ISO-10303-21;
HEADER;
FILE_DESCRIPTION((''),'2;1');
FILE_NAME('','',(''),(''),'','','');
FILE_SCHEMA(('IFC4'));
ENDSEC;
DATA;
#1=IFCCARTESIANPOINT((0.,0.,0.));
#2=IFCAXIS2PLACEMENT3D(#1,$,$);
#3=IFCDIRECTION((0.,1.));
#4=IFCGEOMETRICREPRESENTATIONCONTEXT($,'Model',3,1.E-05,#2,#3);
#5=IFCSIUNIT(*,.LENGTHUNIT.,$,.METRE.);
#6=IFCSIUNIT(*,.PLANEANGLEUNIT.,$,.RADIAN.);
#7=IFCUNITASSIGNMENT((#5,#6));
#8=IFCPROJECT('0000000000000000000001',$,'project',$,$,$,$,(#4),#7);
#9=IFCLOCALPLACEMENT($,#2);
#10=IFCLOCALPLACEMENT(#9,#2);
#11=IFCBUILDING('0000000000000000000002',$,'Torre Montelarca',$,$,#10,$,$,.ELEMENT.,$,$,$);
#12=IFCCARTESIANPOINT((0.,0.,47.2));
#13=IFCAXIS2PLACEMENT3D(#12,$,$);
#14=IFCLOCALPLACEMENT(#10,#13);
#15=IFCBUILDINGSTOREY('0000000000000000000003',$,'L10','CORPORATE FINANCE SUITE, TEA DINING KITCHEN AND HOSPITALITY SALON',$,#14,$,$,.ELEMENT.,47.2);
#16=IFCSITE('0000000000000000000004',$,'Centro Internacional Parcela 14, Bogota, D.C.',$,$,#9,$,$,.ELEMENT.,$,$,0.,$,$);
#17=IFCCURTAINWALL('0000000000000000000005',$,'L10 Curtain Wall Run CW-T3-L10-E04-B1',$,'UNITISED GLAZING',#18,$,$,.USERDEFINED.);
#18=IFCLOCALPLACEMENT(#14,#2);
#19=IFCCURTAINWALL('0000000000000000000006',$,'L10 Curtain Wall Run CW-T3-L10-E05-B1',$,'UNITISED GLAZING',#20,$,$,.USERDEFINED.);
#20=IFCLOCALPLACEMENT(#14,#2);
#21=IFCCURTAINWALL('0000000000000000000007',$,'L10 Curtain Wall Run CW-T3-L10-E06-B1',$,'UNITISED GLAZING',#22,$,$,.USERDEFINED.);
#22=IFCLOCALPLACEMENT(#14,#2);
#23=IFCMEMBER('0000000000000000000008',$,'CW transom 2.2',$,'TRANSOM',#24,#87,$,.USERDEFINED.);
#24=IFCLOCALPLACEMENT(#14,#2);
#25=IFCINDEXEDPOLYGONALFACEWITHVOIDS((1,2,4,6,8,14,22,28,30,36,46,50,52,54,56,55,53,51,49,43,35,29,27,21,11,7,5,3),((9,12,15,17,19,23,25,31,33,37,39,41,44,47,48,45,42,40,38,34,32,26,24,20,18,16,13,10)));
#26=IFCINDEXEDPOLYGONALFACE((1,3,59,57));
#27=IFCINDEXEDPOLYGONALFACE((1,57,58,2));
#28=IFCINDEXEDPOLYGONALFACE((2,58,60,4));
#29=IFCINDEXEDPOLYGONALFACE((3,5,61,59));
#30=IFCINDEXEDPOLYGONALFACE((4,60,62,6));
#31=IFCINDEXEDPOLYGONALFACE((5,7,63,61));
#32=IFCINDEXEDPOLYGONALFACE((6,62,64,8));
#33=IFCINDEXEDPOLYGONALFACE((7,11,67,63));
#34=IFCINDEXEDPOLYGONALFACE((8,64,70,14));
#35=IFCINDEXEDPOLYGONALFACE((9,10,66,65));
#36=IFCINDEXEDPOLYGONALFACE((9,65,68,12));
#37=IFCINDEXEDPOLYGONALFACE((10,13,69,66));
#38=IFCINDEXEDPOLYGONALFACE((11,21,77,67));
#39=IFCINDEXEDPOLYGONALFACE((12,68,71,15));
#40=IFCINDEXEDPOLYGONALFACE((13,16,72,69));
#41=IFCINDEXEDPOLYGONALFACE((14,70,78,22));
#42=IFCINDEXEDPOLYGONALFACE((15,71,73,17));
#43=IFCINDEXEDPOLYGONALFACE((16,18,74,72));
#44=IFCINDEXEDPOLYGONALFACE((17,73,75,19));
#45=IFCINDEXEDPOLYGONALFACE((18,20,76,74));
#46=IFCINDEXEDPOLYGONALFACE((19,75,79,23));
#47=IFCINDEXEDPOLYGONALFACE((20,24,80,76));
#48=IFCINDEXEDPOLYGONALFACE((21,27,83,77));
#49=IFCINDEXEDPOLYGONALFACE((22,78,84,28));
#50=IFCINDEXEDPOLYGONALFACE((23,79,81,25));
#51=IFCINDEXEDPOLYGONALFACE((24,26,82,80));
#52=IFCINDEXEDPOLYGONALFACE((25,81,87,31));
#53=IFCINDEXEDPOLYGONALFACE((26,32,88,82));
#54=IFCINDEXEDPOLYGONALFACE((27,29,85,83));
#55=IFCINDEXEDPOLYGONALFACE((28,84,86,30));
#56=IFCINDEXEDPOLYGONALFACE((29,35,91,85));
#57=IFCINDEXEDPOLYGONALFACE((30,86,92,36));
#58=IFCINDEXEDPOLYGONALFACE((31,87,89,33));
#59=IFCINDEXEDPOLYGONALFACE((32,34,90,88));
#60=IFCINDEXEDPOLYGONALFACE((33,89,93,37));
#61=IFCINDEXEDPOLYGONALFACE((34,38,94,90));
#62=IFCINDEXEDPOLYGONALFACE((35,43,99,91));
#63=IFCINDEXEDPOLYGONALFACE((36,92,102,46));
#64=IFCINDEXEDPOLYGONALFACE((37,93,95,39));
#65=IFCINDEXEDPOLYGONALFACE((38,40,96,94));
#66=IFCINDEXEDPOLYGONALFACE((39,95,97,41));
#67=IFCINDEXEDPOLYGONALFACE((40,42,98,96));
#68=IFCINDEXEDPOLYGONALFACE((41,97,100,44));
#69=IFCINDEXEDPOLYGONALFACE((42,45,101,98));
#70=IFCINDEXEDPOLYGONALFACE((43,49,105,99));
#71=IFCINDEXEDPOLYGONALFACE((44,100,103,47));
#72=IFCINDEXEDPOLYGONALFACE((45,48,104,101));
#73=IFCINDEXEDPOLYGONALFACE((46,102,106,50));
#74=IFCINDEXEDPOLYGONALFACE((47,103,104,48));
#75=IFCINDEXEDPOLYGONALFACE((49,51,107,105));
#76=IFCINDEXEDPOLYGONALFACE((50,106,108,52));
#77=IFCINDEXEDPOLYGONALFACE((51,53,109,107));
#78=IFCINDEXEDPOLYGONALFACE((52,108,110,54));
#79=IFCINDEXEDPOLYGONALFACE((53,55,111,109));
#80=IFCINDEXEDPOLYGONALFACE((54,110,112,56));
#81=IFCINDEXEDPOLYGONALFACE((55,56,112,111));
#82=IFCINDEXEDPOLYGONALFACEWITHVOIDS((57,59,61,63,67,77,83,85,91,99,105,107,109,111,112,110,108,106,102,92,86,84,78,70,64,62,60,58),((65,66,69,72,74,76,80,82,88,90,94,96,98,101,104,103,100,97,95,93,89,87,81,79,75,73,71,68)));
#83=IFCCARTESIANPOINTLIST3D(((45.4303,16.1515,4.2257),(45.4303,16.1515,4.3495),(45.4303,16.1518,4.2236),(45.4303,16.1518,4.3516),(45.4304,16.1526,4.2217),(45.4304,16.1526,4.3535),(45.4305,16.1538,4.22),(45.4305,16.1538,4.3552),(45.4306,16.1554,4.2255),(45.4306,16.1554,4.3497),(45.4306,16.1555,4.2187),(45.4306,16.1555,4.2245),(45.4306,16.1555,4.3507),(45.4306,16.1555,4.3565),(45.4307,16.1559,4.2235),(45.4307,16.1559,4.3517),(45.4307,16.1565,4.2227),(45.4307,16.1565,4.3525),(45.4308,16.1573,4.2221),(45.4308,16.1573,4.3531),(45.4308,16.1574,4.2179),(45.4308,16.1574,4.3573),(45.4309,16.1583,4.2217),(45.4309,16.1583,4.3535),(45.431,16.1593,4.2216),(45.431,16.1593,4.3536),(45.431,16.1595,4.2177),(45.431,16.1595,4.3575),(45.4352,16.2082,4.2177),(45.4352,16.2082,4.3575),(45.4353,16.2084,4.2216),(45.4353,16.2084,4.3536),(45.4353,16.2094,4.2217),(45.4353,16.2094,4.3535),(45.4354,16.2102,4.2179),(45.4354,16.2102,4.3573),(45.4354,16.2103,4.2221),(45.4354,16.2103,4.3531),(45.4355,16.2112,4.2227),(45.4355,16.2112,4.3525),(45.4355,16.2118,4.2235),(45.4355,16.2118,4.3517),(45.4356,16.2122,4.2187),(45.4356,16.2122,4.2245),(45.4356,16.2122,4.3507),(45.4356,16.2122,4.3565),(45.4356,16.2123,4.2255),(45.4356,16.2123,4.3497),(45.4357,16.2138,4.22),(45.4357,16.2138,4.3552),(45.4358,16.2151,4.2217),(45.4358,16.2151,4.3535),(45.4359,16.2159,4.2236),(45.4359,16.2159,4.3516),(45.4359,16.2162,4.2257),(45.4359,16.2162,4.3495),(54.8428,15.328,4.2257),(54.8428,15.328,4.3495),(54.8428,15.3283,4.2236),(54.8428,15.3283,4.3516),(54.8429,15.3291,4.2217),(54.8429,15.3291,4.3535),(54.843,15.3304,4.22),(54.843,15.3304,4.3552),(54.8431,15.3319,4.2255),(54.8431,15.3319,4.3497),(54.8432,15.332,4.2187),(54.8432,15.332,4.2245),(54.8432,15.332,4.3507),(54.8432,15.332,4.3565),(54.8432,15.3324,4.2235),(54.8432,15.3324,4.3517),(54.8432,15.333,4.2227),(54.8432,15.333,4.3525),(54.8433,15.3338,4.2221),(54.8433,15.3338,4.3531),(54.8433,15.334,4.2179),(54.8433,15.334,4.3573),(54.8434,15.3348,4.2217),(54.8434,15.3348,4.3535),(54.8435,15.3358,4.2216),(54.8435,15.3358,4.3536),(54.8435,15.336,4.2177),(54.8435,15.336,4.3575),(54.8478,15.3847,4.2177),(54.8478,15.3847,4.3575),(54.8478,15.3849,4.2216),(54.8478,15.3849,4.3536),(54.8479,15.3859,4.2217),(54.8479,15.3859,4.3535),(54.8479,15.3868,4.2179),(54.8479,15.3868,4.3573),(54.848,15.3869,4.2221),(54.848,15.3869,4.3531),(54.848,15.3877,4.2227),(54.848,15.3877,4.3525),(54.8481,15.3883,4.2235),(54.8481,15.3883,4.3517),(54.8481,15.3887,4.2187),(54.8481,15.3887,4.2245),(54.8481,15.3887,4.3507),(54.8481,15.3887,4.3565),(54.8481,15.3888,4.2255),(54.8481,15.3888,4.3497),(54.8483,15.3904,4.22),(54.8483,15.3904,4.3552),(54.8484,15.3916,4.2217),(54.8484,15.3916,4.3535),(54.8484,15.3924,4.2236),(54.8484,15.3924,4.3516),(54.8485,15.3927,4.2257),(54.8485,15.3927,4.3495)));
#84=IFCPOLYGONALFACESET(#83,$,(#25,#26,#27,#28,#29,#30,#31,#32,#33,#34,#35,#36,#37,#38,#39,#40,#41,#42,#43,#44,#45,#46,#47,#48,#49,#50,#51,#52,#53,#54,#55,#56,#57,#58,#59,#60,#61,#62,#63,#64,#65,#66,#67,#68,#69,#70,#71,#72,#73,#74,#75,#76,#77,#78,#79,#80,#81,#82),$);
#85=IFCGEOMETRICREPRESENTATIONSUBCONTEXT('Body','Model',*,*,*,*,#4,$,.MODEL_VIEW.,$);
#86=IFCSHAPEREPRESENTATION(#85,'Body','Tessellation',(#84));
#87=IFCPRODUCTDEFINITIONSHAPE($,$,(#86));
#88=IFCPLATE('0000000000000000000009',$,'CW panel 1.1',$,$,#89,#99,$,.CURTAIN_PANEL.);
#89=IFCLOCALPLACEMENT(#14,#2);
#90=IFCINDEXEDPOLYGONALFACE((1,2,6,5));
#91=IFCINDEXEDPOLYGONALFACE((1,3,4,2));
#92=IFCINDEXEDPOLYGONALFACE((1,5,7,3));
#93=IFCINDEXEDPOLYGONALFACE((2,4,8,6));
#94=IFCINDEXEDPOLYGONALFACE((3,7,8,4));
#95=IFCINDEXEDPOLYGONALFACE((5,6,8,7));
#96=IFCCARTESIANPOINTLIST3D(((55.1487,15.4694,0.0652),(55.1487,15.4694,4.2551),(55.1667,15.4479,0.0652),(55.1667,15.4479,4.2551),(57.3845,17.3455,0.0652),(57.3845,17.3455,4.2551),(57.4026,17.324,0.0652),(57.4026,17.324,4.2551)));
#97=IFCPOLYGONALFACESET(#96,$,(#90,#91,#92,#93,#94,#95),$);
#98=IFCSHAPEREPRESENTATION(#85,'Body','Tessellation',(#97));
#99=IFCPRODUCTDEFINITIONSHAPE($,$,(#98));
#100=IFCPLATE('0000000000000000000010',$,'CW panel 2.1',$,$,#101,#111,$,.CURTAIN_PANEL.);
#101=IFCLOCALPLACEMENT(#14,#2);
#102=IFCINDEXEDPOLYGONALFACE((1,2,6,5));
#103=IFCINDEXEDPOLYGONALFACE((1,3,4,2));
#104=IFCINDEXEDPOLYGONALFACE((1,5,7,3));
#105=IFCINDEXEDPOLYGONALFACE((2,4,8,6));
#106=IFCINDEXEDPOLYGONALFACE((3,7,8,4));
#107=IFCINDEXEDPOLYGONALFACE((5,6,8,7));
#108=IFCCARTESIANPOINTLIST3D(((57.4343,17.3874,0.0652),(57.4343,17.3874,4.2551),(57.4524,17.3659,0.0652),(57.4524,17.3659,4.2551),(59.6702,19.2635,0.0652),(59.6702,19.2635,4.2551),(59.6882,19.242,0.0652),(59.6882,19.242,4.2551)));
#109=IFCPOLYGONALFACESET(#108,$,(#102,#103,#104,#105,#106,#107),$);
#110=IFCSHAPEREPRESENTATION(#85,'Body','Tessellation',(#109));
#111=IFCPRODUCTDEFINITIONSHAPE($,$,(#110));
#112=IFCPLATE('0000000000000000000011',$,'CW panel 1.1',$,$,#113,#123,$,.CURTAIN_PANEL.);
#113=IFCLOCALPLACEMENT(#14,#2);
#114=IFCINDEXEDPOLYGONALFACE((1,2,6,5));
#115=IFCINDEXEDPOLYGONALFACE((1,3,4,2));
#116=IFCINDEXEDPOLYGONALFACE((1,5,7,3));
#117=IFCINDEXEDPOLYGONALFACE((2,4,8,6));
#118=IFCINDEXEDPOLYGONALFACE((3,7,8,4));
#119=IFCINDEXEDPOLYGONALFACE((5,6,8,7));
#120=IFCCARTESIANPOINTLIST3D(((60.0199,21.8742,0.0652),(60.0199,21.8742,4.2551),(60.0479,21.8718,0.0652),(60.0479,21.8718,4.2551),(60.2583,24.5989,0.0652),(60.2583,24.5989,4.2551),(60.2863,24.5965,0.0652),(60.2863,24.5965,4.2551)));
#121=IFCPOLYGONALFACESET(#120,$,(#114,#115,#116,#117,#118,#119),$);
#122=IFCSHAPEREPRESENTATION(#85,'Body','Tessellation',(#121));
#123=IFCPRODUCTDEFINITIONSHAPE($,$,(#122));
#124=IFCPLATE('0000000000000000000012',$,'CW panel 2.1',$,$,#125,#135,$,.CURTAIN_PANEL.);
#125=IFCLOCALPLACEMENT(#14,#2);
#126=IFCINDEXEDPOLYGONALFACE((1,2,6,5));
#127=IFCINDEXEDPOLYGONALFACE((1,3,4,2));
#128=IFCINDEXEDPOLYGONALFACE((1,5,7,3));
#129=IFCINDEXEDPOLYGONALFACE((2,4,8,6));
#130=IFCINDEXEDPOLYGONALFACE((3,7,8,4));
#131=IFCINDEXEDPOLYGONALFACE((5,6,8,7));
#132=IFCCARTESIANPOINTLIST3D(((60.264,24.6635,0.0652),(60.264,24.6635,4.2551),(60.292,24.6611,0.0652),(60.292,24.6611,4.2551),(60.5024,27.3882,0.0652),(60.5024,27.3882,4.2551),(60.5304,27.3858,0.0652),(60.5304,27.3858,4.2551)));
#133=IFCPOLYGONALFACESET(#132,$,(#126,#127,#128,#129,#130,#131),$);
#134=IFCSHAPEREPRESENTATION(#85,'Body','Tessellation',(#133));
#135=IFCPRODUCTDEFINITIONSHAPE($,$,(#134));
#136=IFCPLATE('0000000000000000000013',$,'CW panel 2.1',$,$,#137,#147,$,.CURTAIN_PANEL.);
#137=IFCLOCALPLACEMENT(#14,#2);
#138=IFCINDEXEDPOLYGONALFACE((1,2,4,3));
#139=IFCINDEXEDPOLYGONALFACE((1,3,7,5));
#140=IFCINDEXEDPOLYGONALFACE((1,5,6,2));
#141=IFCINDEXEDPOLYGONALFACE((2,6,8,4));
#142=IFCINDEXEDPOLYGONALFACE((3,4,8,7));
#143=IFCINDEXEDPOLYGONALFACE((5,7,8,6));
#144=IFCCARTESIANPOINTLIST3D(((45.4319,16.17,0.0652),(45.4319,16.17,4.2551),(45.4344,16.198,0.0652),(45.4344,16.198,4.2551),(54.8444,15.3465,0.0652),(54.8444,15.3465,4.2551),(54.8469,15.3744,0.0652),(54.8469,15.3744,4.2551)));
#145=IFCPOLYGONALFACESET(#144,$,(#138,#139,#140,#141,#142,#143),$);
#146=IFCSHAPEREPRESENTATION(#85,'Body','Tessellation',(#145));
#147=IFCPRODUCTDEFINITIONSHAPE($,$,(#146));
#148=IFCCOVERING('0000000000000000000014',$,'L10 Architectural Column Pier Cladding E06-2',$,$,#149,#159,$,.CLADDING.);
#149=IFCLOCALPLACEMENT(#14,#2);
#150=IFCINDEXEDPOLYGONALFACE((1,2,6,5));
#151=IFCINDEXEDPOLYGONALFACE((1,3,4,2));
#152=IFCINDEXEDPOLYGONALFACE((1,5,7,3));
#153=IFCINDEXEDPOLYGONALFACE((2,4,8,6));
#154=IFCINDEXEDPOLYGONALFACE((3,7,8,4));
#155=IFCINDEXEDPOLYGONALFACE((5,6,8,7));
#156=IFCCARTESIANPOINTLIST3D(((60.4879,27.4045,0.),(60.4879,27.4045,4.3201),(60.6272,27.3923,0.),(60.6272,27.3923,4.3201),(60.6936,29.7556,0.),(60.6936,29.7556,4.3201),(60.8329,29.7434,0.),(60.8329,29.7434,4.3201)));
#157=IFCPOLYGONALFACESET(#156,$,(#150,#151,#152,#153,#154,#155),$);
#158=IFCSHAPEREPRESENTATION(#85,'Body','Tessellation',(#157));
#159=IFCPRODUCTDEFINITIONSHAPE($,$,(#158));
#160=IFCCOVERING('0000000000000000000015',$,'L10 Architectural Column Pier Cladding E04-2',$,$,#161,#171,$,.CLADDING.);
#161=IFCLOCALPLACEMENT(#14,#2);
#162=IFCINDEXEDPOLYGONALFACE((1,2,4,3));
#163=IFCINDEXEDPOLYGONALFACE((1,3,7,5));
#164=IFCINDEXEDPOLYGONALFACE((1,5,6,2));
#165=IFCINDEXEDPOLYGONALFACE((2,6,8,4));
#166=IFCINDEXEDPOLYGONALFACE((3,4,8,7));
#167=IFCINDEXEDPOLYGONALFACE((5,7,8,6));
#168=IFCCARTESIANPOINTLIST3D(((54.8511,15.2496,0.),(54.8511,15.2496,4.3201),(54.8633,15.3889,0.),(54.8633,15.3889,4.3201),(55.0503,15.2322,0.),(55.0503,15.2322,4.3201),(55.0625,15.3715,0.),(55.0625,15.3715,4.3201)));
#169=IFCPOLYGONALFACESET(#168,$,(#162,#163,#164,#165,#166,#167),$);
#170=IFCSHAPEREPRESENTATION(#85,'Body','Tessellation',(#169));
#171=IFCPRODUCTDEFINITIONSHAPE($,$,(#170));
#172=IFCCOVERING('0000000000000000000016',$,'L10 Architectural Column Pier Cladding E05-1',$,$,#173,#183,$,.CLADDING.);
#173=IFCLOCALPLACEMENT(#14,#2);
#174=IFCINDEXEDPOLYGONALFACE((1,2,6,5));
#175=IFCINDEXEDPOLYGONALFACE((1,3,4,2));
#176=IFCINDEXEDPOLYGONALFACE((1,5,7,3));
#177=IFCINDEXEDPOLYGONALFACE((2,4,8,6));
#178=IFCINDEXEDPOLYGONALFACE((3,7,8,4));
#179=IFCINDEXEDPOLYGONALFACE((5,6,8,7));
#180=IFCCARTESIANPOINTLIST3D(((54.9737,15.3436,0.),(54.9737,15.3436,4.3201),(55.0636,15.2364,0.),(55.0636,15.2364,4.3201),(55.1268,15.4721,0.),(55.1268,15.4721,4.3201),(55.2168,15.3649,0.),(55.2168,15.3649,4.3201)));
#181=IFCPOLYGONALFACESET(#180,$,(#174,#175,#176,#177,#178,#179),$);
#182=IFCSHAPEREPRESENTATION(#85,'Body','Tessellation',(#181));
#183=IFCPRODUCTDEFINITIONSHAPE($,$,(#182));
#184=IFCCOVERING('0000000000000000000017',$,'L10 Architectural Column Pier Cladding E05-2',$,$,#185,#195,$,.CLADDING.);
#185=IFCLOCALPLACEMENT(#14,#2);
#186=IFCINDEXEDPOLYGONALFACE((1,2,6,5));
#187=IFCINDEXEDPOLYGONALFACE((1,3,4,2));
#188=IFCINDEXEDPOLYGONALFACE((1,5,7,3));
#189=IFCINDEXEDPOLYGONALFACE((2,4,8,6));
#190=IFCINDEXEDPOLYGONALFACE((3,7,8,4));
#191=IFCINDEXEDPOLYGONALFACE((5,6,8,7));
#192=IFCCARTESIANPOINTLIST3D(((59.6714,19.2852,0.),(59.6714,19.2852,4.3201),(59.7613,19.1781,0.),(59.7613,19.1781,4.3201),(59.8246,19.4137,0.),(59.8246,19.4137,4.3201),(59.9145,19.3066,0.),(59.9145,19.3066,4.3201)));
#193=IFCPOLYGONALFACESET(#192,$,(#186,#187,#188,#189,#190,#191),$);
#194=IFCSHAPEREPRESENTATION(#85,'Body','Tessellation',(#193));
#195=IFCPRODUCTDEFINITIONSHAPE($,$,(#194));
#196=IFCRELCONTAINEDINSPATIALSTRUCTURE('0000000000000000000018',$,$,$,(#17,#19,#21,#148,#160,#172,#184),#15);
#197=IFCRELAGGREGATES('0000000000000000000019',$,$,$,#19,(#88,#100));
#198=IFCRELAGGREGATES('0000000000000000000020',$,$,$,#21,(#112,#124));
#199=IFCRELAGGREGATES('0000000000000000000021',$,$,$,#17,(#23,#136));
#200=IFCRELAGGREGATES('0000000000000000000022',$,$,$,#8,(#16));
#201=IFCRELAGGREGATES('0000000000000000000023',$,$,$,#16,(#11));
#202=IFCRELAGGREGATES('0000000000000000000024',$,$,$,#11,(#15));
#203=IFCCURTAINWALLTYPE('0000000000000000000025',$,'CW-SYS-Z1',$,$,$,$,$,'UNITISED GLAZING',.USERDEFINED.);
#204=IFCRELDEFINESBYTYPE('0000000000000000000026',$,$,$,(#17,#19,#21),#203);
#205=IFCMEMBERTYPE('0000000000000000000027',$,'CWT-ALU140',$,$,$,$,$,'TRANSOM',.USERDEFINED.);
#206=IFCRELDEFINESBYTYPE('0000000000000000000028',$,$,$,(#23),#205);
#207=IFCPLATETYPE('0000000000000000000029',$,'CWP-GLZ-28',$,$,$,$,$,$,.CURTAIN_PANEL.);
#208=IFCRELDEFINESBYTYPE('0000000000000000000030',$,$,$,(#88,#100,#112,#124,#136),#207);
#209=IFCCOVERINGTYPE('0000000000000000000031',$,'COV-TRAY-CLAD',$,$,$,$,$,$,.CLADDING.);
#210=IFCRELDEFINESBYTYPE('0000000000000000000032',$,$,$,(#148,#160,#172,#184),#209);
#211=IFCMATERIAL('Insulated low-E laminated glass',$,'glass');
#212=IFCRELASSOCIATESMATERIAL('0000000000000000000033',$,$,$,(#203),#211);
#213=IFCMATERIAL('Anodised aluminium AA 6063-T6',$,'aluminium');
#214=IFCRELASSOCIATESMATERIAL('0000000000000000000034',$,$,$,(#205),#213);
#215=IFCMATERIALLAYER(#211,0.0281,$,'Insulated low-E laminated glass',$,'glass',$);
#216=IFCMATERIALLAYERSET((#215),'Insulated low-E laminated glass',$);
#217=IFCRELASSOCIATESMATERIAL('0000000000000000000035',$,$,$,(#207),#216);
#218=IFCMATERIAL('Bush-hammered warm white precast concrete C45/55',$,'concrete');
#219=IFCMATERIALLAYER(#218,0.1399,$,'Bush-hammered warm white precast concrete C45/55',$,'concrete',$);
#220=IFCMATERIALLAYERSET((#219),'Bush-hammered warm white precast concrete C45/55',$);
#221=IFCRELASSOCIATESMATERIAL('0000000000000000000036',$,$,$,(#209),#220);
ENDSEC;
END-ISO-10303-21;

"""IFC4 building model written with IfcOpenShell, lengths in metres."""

from ifc_helpers import new_model, si_unit, direction, frame, origin, origin_2d, place, context, subcontext, project, spatial, rectangle, hollow_rectangle, extrude, source, transform, mapped, material, layer, layer_set, material_profile, profile_set, type_object, element, aggregate, save


model = new_model("IFC4")

# Units and contexts
model_context = context("Model", 3, precision=1e-05, world=origin(), true_north=direction((0.0, 1.0)))
body_context = subcontext(model_context, "Body", "Model", "MODEL_VIEW")
ifc_project = project(units=[si_unit("LENGTHUNIT", "METRE"), si_unit("PLANEANGLEUNIT", "RADIAN")], contexts=[model_context])

# Site, building, storey
site_placement = place(None, origin())
site = spatial("IfcSite", under=ifc_project, at=site_placement, Name="Centro Internacional Parcela 14, Bogota, D.C.", CompositionType="ELEMENT", RefElevation=0.0)
building_placement = place(site_placement, origin())
building = spatial("IfcBuilding", under=site, at=building_placement, Name="Torre Montelarca", CompositionType="ELEMENT")
storey_placement = place(building_placement, frame((0.0, 0.0, 47.2)))
storey = spatial("IfcBuildingStorey", under=building, at=storey_placement, Name="L10", Description="CORPORATE FINANCE SUITE, TEA DINING KITCHEN AND HOSPITALITY SALON", CompositionType="ELEMENT", Elevation=47.2)

# Curtain walls
ifc_material_1 = material(Name="Insulated low-E laminated glass", Category="glass")
curtain_wall_type = type_object("IfcCurtainWallType", Name="CW-SYS-Z1", ElementType="UNITISED GLAZING", PredefinedType="USERDEFINED", material=ifc_material_1)
curtain_wall_1_placement = place(storey_placement, origin())
curtain_wall_1 = element("IfcCurtainWall", 1, at=curtain_wall_1_placement, inside=storey, type_object=curtain_wall_type, Name="L10 Curtain Wall Run CW-T3-L10-E04-B1", ObjectType="UNITISED GLAZING", PredefinedType="USERDEFINED")
ifc_material_2 = material(Name="Anodised aluminium AA 6063-T6", Category="aluminium")
curtain_wall_2_placement = place(storey_placement, origin())
curtain_wall_2 = element("IfcCurtainWall", 2, at=curtain_wall_2_placement, inside=storey, type_object=curtain_wall_type, Name="L10 Curtain Wall Run CW-T3-L10-E05-B1", ObjectType="UNITISED GLAZING", PredefinedType="USERDEFINED")
curtain_wall_3_placement = place(storey_placement, origin())
curtain_wall_3 = element("IfcCurtainWall", 3, at=curtain_wall_3_placement, inside=storey, type_object=curtain_wall_type, Name="L10 Curtain Wall Run CW-T3-L10-E06-B1", ObjectType="UNITISED GLAZING", PredefinedType="USERDEFINED")

# Member
ifc_material_profile_1 = material_profile(ifc_material_2, hollow_rectangle(XDim=0.0649, YDim=0.1399, WallThickness=0.0039, InnerFilletRadius=0.0039, OuterFilletRadius=0.0081, at=origin_2d()), Name="ALU65X140X4", Category="aluminium")
ifc_profile_set_1 = profile_set([ifc_material_profile_1], Name="Anodised aluminium AA 6063-T6")
member_type_1 = type_object("IfcMemberType", Name="CWT-ALU140", ElementType="TRANSOM", PredefinedType="USERDEFINED", material=ifc_profile_set_1)
shared_shape_1 = source(origin(), body_context, "Body", "SweptSolid", [
    extrude(hollow_rectangle(XDim=0.0649, YDim=0.1399, WallThickness=0.0039, InnerFilletRadius=0.0039, OuterFilletRadius=0.0081, at=origin_2d()), origin(), (0.0, 0.0, 1.0), 9.4485),
])
member_1_placement = place(storey_placement, frame((45.4331, 16.1838, 4.2876), z_axis=(0.996195, -0.087155, 0.0), x_axis=(0.087155, 0.996195, 0.0)))
member_1 = element("IfcMember", 4, at=member_1_placement, type_object=member_type_1, Name="CW transom 2.2", ObjectType="TRANSOM", PredefinedType="USERDEFINED", context=body_context, shape_type="MappedRepresentation", body=[
    mapped(shared_shape_1, transform((0.0, 0.0, 0.0), scale=1.0)),
])

# Plates
ifc_layer_1 = layer(ifc_material_1, 0.0281, Name="Insulated low-E laminated glass", Category="glass")
ifc_layer_set_1 = layer_set([ifc_layer_1], Name="Insulated low-E laminated glass")
plate_type = type_object("IfcPlateType", Name="CWP-GLZ-28", PredefinedType="CURTAIN_PANEL", material=ifc_layer_set_1)
shared_shape_2 = source(origin(), body_context, "Body", "SweptSolid", [
    extrude(rectangle(XDim=2.9187, YDim=0.0281, at=origin_2d()), origin(), (0.0, 0.0, 1.0), 4.1899),
])
plate_1_placement = place(storey_placement, frame((56.2756, 16.3967, 0.0652), z_axis=(0.0, 0.0, 1.0), x_axis=(0.766043, 0.64279, 0.0)))
plate_1 = element("IfcPlate", 5, at=plate_1_placement, type_object=plate_type, Name="CW panel 1.1", PredefinedType="CURTAIN_PANEL", context=body_context, shape_type="MappedRepresentation", body=[
    mapped(shared_shape_2, transform((0.0, 0.0, 0.0), scale=1.0)),
])
plate_2_placement = place(storey_placement, frame((58.5613, 18.3147, 0.0652), z_axis=(0.0, 0.0, 1.0), x_axis=(0.766043, 0.64279, 0.0)))
plate_2 = element("IfcPlate", 6, at=plate_2_placement, type_object=plate_type, Name="CW panel 2.1", PredefinedType="CURTAIN_PANEL", context=body_context, shape_type="MappedRepresentation", body=[
    mapped(shared_shape_2, transform((0.0, 0.0, 0.0), scale=1.0)),
])
aggregate(curtain_wall_2, [plate_1, plate_2])
shared_shape_3 = source(origin(), body_context, "Body", "SweptSolid", [
    extrude(rectangle(XDim=2.7351, YDim=0.0281, at=origin_2d()), origin(), (0.0, 0.0, 1.0), 4.1899),
])
plate_3_placement = place(storey_placement, frame((60.1531, 23.2354, 0.0652), z_axis=(0.0, 0.0, 1.0), x_axis=(0.087166, 0.996194, 0.0)))
plate_3 = element("IfcPlate", 7, at=plate_3_placement, type_object=plate_type, Name="CW panel 1.1", PredefinedType="CURTAIN_PANEL", context=body_context, shape_type="MappedRepresentation", body=[
    mapped(shared_shape_3, transform((0.0, 0.0, 0.0), scale=1.0)),
])
plate_4_placement = place(storey_placement, frame((60.3972, 26.0247, 0.0652), z_axis=(0.0, 0.0, 1.0), x_axis=(0.087166, 0.996194, 0.0)))
plate_4 = element("IfcPlate", 8, at=plate_4_placement, type_object=plate_type, Name="CW panel 2.1", PredefinedType="CURTAIN_PANEL", context=body_context, shape_type="MappedRepresentation", body=[
    mapped(shared_shape_3, transform((0.0, 0.0, 0.0), scale=1.0)),
])
aggregate(curtain_wall_3, [plate_3, plate_4])
shared_shape_4 = source(origin(), body_context, "Body", "SweptSolid", [
    extrude(rectangle(XDim=9.4485, YDim=0.0281, at=origin_2d()), origin(), (0.0, 0.0, 1.0), 4.1899),
])
plate_5_placement = place(storey_placement, frame((50.1394, 15.7722, 0.0652), z_axis=(0.0, 0.0, 1.0), x_axis=(0.996194, -0.087162, 0.0)))
plate_5 = element("IfcPlate", 9, at=plate_5_placement, type_object=plate_type, Name="CW panel 2.1", PredefinedType="CURTAIN_PANEL", context=body_context, shape_type="MappedRepresentation", body=[
    mapped(shared_shape_4, transform((0.0, 0.0, 0.0), scale=1.0)),
])
aggregate(curtain_wall_1, [member_1, plate_5])

# Coverings
ifc_material_3 = material(Name="Bush-hammered warm white precast concrete C45/55", Category="concrete")
ifc_layer_2 = layer(ifc_material_3, 0.1399, Name="Bush-hammered warm white precast concrete C45/55", Category="concrete")
ifc_layer_set_2 = layer_set([ifc_layer_2], Name="Bush-hammered warm white precast concrete C45/55")
covering_type = type_object("IfcCoveringType", Name="COV-TRAY-CLAD", PredefinedType="CLADDING", material=ifc_layer_set_2)
shared_shape_5 = source(origin(), body_context, "Body", "SweptSolid", [
    extrude(rectangle(XDim=2.3601, YDim=0.1399, at=origin_2d()), origin(), (0.0, 0.0, 1.0), 4.3201),
])
covering_1_placement = place(storey_placement, frame((60.6604, 28.574, 0.0), z_axis=(0.0, 0.0, 1.0), x_axis=(0.087161, 0.996194, 0.0)))
element("IfcCovering", 10, at=covering_1_placement, inside=storey, type_object=covering_type, Name="L10 Architectural Column Pier Cladding E06-2", PredefinedType="CLADDING", context=body_context, shape_type="MappedRepresentation", body=[
    mapped(shared_shape_5, transform((0.0, 0.0, 0.0), scale=1.0)),
])
shared_shape_6 = source(origin(), body_context, "Body", "SweptSolid", [
    extrude(rectangle(XDim=0.2, YDim=0.1399, at=origin_2d()), origin(), (0.0, 0.0, 1.0), 4.3201),
])
for number, where, z_axis, x_axis, name in (
    (11, (54.9568, 15.3105, 0.0), (0.0, 0.0, 1.0), (0.996194, -0.087161, 0.0), "L10 Architectural Column Pier Cladding E04-2"),
    (12, (55.0952, 15.3542, 0.0), (0.0, 0.0, 1.0), (0.766039, 0.642794, 0.0), "L10 Architectural Column Pier Cladding E05-1"),
    (13, (59.793, 19.2959, 0.0), (0.0, 0.0, 1.0), (0.766039, 0.642794, 0.0), "L10 Architectural Column Pier Cladding E05-2"),
):
    element("IfcCovering", number, at=place(storey_placement, frame(where, z_axis=z_axis, x_axis=x_axis)), inside=storey, type_object=covering_type, Name=name, PredefinedType="CLADDING", context=body_context, shape_type="MappedRepresentation", body=[
        mapped(shared_shape_6, transform((0.0, 0.0, 0.0), scale=1.0)),
    ])

save(model, "model.ifc")
